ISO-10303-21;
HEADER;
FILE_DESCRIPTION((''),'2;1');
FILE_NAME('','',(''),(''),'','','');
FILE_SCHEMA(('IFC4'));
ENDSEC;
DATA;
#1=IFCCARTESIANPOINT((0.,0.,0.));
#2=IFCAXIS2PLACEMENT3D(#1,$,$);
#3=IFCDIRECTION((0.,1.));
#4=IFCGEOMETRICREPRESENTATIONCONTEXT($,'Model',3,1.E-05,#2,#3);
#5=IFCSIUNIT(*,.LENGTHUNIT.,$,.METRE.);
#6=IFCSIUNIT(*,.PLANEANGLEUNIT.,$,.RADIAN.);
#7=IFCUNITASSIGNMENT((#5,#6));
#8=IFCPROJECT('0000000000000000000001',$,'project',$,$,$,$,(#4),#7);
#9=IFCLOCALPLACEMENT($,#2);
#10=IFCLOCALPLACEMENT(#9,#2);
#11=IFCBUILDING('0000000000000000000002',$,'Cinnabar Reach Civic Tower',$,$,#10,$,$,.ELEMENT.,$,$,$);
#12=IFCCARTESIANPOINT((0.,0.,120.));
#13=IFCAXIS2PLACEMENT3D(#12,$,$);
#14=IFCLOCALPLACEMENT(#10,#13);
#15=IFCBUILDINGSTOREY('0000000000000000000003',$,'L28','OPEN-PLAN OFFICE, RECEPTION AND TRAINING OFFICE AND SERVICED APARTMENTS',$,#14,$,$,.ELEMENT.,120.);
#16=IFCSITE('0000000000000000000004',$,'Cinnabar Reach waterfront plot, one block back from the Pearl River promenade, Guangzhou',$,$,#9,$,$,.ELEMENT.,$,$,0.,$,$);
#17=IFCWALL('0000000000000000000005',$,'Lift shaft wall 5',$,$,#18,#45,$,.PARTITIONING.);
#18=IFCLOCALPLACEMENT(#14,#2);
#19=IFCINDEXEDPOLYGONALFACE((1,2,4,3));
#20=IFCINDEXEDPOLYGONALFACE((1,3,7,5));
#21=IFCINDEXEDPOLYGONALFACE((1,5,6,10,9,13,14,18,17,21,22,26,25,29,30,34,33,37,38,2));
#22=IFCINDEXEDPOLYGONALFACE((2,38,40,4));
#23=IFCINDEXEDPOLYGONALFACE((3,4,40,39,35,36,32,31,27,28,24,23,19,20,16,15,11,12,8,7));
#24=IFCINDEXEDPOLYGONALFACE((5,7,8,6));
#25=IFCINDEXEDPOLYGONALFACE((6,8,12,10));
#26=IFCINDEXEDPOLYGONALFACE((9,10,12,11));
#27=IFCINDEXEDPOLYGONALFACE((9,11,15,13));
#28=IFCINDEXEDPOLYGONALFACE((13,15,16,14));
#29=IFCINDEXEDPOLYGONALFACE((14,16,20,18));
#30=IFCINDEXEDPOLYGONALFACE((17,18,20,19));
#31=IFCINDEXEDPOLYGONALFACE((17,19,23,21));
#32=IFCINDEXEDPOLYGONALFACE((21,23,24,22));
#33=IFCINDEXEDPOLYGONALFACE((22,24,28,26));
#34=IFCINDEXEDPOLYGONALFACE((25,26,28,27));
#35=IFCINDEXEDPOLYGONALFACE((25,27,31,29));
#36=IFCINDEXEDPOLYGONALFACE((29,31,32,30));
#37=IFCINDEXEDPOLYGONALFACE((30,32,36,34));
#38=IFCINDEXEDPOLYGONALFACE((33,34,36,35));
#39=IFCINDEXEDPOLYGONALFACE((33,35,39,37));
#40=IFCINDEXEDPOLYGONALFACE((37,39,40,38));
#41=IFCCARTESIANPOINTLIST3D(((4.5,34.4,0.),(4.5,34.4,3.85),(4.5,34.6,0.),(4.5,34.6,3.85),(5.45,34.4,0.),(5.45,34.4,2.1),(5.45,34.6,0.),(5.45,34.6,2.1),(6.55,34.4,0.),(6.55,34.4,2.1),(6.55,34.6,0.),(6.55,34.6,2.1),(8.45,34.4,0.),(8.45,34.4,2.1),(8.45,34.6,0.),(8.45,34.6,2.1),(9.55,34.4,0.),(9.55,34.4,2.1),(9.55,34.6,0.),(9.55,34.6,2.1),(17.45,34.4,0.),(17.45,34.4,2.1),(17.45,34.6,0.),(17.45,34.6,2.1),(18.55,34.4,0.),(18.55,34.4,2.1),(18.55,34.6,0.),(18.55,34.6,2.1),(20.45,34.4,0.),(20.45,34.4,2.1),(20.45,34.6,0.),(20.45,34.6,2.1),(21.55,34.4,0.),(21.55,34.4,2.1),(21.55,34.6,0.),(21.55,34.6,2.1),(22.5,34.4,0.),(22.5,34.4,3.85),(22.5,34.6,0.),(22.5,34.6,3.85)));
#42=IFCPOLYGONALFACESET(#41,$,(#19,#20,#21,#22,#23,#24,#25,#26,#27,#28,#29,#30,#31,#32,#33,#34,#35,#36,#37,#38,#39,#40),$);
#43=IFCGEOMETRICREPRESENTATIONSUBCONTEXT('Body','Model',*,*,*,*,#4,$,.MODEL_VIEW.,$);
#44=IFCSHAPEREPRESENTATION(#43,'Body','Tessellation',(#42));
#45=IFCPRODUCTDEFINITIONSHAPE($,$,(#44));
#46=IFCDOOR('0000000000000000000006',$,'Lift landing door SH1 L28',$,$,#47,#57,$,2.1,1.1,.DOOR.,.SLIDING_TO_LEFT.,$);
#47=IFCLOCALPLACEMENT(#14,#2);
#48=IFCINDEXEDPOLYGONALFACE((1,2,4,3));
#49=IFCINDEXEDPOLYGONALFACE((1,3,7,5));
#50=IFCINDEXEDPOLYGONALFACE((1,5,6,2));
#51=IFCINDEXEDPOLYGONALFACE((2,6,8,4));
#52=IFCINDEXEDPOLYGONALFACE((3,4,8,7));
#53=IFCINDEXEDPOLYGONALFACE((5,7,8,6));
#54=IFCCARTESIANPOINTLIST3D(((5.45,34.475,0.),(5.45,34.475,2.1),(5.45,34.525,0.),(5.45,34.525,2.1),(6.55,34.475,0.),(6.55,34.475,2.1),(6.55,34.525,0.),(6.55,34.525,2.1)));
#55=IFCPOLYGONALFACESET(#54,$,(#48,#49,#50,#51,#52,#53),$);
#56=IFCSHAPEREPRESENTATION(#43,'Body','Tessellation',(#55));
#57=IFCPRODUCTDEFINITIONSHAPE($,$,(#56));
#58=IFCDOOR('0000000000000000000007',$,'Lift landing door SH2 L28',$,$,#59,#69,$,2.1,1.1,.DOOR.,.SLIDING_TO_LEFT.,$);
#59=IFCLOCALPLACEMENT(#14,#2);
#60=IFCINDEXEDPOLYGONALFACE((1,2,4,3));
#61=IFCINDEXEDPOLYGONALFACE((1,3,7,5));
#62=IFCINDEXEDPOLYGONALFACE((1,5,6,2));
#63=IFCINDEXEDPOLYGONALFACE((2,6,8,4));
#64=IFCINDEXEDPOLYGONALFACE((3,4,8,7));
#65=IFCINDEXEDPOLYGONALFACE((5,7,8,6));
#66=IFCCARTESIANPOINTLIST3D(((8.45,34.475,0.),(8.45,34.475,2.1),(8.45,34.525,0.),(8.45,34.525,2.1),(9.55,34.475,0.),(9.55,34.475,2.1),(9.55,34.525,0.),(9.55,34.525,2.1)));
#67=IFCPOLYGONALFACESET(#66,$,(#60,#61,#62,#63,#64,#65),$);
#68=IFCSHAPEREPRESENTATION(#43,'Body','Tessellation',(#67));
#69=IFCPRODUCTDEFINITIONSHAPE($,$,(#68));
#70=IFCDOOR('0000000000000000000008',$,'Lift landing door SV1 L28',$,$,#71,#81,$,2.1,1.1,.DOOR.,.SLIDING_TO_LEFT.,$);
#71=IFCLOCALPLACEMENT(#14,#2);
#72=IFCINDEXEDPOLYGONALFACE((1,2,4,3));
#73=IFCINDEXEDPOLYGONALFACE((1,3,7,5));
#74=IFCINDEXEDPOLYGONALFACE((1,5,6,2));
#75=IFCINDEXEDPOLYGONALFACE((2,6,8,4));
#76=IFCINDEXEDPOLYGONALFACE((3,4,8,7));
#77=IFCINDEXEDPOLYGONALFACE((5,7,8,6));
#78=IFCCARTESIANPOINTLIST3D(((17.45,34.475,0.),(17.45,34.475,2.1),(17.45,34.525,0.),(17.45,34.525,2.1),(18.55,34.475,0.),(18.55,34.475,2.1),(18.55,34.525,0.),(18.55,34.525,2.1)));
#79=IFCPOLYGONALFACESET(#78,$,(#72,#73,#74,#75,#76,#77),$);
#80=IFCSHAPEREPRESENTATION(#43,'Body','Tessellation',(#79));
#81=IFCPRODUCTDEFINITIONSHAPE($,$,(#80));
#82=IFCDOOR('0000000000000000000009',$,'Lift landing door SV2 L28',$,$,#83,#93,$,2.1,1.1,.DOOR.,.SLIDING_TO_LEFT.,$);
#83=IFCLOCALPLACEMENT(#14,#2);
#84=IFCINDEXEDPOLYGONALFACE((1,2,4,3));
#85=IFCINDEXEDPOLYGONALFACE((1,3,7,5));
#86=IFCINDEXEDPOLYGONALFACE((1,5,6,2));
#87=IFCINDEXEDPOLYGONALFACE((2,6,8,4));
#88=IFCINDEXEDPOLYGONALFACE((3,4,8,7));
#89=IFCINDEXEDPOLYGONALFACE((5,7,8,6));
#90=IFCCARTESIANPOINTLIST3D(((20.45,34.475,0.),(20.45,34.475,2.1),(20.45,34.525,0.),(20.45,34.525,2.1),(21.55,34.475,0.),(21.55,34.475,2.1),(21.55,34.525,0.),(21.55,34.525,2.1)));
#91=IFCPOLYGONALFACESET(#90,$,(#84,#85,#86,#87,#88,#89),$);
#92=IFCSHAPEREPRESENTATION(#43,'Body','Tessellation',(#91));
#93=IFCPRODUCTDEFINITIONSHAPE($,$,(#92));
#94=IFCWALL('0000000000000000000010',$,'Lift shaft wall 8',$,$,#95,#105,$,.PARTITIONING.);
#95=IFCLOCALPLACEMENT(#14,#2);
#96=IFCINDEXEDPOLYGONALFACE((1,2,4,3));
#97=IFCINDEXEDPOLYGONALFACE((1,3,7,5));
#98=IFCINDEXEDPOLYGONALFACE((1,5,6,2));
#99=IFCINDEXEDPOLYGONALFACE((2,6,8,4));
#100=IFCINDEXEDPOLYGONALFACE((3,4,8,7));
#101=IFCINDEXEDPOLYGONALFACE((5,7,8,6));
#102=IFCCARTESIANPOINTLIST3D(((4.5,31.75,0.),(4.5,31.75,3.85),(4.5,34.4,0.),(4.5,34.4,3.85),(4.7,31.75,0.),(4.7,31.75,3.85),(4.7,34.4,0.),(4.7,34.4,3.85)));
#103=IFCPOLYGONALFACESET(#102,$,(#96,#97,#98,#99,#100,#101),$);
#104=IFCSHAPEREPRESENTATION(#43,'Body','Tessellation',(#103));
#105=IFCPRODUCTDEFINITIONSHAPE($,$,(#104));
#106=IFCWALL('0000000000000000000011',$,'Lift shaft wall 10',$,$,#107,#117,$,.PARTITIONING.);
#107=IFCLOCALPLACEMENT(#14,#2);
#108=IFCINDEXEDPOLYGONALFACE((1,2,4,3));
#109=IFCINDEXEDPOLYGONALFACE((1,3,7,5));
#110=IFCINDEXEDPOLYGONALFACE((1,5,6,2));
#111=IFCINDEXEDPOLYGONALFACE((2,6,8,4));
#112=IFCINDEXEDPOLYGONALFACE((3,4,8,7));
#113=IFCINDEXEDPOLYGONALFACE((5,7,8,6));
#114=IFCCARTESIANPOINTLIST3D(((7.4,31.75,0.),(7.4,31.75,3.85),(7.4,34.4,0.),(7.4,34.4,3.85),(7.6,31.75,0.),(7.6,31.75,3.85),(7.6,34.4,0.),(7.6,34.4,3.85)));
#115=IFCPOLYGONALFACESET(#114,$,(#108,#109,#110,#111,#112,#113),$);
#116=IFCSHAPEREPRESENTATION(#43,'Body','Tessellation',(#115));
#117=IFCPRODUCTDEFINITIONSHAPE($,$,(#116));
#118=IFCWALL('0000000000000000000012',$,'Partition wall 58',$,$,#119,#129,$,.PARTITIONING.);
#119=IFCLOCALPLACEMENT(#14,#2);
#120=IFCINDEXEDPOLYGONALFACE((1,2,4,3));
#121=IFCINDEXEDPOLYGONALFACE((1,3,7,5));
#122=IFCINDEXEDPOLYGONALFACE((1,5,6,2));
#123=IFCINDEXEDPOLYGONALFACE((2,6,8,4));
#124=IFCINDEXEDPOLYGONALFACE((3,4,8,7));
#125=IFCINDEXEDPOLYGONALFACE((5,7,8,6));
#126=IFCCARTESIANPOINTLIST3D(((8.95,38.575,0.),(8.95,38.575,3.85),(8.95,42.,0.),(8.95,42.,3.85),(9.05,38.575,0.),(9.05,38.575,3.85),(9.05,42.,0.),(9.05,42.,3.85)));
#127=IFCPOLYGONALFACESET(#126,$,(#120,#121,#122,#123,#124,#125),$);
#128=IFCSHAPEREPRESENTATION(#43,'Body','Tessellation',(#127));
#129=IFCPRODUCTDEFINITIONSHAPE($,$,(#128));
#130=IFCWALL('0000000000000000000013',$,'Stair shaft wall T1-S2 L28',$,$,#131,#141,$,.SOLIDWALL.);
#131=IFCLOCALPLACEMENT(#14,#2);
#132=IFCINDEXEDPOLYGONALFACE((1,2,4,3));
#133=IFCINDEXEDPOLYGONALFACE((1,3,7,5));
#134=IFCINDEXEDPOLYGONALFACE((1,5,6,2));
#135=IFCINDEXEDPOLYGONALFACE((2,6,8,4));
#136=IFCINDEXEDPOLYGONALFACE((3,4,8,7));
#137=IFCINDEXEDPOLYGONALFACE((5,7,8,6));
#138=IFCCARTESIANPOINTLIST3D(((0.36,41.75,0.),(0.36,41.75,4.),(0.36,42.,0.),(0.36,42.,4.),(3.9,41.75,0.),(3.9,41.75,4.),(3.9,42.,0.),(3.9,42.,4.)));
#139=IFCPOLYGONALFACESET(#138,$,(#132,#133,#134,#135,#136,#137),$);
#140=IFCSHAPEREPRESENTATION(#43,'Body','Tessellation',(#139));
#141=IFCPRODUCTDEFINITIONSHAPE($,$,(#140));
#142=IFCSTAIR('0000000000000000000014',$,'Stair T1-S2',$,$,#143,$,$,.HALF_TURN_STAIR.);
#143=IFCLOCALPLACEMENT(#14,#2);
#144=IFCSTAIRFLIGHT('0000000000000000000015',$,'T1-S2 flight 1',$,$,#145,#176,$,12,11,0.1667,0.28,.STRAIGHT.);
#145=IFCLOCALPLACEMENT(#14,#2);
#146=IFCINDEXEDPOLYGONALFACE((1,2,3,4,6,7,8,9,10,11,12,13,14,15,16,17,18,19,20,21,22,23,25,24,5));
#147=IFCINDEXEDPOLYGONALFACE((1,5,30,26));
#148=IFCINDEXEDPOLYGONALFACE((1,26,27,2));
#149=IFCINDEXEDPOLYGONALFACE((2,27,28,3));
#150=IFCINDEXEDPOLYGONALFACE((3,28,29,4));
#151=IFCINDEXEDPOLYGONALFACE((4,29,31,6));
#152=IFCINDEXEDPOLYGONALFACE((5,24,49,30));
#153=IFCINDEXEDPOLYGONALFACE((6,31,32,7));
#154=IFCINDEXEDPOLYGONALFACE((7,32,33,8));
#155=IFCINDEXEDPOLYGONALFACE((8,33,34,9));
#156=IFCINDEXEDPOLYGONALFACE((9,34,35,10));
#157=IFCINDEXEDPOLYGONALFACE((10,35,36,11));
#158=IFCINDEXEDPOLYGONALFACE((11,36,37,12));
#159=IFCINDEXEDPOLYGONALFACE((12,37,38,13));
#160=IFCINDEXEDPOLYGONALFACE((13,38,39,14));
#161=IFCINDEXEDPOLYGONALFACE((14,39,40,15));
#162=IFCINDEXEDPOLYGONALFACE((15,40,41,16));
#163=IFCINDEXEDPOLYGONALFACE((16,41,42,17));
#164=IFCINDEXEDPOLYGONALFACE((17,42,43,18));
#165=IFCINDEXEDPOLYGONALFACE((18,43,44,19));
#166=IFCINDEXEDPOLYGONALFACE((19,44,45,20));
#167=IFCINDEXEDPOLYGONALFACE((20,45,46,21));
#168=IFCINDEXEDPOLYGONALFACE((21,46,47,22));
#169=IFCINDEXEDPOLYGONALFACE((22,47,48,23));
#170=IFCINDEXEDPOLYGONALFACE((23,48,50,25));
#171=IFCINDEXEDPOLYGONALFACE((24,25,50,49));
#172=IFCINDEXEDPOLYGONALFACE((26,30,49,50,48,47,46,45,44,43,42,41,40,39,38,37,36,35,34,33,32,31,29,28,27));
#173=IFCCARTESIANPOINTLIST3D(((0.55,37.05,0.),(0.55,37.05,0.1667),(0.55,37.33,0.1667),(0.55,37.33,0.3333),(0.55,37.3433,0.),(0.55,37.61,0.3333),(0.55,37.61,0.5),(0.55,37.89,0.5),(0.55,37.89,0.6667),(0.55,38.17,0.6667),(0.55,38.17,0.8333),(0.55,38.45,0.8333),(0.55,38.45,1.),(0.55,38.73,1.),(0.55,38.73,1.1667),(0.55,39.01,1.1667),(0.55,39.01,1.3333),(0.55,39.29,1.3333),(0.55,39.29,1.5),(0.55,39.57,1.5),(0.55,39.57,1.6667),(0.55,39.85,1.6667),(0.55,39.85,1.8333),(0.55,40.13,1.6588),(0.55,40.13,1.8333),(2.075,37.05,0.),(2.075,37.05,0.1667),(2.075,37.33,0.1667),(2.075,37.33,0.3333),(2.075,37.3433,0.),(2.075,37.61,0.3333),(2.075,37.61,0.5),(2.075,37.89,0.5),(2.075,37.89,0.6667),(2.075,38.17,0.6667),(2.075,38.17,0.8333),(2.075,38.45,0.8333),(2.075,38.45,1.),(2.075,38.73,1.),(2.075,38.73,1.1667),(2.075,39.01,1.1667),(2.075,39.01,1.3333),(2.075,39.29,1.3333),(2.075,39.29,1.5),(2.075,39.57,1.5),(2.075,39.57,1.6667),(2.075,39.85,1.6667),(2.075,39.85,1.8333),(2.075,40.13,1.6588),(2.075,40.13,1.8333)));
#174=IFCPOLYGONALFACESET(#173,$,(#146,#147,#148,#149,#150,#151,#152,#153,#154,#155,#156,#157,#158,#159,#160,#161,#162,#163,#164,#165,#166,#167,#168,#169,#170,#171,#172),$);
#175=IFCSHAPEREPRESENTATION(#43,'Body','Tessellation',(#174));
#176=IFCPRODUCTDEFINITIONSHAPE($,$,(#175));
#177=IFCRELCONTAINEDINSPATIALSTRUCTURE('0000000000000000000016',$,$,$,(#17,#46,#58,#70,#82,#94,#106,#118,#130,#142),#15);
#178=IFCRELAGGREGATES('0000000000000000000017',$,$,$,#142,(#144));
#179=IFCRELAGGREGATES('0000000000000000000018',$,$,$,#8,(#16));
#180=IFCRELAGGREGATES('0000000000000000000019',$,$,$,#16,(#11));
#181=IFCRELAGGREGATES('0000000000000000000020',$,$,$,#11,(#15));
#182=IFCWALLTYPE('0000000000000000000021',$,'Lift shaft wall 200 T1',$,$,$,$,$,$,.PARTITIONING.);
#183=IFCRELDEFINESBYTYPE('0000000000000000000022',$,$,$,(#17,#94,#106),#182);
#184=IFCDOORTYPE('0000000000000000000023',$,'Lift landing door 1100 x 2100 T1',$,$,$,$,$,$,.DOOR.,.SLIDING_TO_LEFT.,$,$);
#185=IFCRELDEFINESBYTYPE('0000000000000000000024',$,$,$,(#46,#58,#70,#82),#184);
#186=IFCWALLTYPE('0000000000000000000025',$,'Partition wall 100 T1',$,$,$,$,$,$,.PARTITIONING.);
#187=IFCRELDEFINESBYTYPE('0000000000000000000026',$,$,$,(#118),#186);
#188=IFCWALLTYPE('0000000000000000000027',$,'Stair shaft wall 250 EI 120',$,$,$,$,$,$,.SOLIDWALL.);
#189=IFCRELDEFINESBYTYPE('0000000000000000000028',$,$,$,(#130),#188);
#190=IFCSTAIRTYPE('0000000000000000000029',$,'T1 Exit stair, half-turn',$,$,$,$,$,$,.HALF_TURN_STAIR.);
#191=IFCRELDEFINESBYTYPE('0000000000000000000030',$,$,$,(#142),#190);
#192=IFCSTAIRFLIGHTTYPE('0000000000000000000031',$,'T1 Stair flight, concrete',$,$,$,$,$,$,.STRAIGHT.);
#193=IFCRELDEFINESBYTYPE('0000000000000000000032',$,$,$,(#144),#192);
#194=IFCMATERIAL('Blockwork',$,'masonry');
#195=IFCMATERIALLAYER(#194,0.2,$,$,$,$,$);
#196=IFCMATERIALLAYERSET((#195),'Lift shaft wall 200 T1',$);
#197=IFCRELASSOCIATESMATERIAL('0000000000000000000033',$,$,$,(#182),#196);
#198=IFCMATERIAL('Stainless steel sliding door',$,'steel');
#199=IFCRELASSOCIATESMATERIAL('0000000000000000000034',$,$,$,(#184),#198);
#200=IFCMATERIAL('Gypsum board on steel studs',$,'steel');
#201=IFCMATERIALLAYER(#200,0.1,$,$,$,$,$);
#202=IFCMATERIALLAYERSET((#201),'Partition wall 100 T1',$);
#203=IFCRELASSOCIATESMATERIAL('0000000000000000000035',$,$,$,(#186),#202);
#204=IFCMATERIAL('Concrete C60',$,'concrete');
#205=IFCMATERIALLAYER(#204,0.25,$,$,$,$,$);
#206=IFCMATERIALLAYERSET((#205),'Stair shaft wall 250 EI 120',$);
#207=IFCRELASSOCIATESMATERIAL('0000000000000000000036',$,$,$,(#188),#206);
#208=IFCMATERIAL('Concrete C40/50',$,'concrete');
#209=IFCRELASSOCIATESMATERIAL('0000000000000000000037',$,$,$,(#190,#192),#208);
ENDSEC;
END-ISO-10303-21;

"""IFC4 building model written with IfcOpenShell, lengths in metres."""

from ifc_helpers import new_model, si_unit, direction, frame, frame_2d, origin, place, context, subcontext, project, spatial, polyline, rectangle, outline, extrude, material, layer, layer_set, type_object, element, fill, aggregate, save


model = new_model("IFC4")

# Units and contexts
model_context = context("Model", 3, precision=1e-05, world=origin(), true_north=direction((0.0, 1.0)))
body_context = subcontext(model_context, "Body", "Model", "MODEL_VIEW")
ifc_project = project(units=[si_unit("LENGTHUNIT", "METRE"), si_unit("PLANEANGLEUNIT", "RADIAN")], contexts=[model_context])

# Site, building, storey
site_placement = place(None, origin())
site = spatial("IfcSite", under=ifc_project, at=site_placement, Name="Cinnabar Reach waterfront plot, one block back from the Pearl River promenade, Guangzhou", CompositionType="ELEMENT", RefElevation=0.0)
building_placement = place(site_placement, origin())
building = spatial("IfcBuilding", under=site, at=building_placement, Name="Cinnabar Reach Civic Tower", CompositionType="ELEMENT")
storey_placement = place(building_placement, frame((0.0, 0.0, 120.0)))
storey = spatial("IfcBuildingStorey", under=building, at=storey_placement, Name="L28", Description="OPEN-PLAN OFFICE, RECEPTION AND TRAINING OFFICE AND SERVICED APARTMENTS", CompositionType="ELEMENT", Elevation=120.0)

# Shared definitions
ifc_material_1 = material(Name="Concrete C60", Category="concrete")

# Wall, openings, doors
ifc_material_2 = material(Name="Blockwork", Category="masonry")
ifc_layer_1 = layer(ifc_material_2, 0.2)
ifc_layer_set_1 = layer_set([ifc_layer_1], Name="Lift shaft wall 200 T1")
wall_type_1 = type_object("IfcWallType", Name="Lift shaft wall 200 T1", PredefinedType="PARTITIONING", material=ifc_layer_set_1)
wall_1_placement = place(storey_placement, frame((4.5, 34.5, 0.0), z_axis=(0.0, 0.0, 1.0), x_axis=(1.0, 0.0, 0.0)))
wall_1 = element("IfcWall", 1, at=wall_1_placement, inside=storey, type_object=wall_type_1, Name="Lift shaft wall 5", PredefinedType="PARTITIONING", context=body_context, shape_type="SweptSolid", body=[
    extrude(rectangle(XDim=18.0, YDim=0.2, at=frame_2d((9.0, 0.0))), origin(), (0.0, 0.0, 1.0), 3.85),
])
opening_1_placement = place(wall_1_placement, frame((0.95, 0.0, 0.0)))
opening_1 = element("IfcOpeningElement", 2, at=opening_1_placement, cuts=wall_1, PredefinedType="OPENING", context=body_context, shape_type="SweptSolid", body=[
    extrude(rectangle(XDim=1.1, YDim=2.1, at=frame_2d((0.55, 1.05))), frame((0.0, 0.11, 0.0), z_axis=(0.0, -1.0, 0.0), x_axis=(1.0, 0.0, 0.0)), (0.0, 0.0, 1.0), 0.22),
])
opening_2_placement = place(wall_1_placement, frame((3.95, 0.0, 0.0)))
opening_2 = element("IfcOpeningElement", 3, at=opening_2_placement, cuts=wall_1, PredefinedType="OPENING", context=body_context, shape_type="SweptSolid", body=[
    extrude(rectangle(XDim=1.1, YDim=2.1, at=frame_2d((0.55, 1.05))), frame((0.0, 0.11, 0.0), z_axis=(0.0, -1.0, 0.0), x_axis=(1.0, 0.0, 0.0)), (0.0, 0.0, 1.0), 0.22),
])
opening_3_placement = place(wall_1_placement, frame((12.95, 0.0, 0.0)))
opening_3 = element("IfcOpeningElement", 4, at=opening_3_placement, cuts=wall_1, PredefinedType="OPENING", context=body_context, shape_type="SweptSolid", body=[
    extrude(rectangle(XDim=1.1, YDim=2.1, at=frame_2d((0.55, 1.05))), frame((0.0, 0.11, 0.0), z_axis=(0.0, -1.0, 0.0), x_axis=(1.0, 0.0, 0.0)), (0.0, 0.0, 1.0), 0.22),
])
opening_4_placement = place(wall_1_placement, frame((15.95, 0.0, 0.0)))
opening_4 = element("IfcOpeningElement", 5, at=opening_4_placement, cuts=wall_1, PredefinedType="OPENING", context=body_context, shape_type="SweptSolid", body=[
    extrude(rectangle(XDim=1.1, YDim=2.1, at=frame_2d((0.55, 1.05))), frame((0.0, 0.11, 0.0), z_axis=(0.0, -1.0, 0.0), x_axis=(1.0, 0.0, 0.0)), (0.0, 0.0, 1.0), 0.22),
])
ifc_material_3 = material(Name="Stainless steel sliding door", Category="steel")
door_type_1 = type_object("IfcDoorType", Name="Lift landing door 1100 x 2100 T1", OperationType="SLIDING_TO_LEFT", PredefinedType="DOOR", material=ifc_material_3)
door_1_placement = place(opening_1_placement, origin())
door_1 = element("IfcDoor", 6, at=door_1_placement, inside=storey, type_object=door_type_1, Name="Lift landing door SH1 L28", OperationType="SLIDING_TO_LEFT", OverallHeight=2.1, OverallWidth=1.1, PredefinedType="DOOR", context=body_context, shape_type="SweptSolid", body=[
    extrude(rectangle(XDim=1.1, YDim=2.1, at=frame_2d((0.55, 1.05))), frame((0.0, 0.025, 0.0), z_axis=(0.0, -1.0, 0.0), x_axis=(1.0, 0.0, 0.0)), (0.0, 0.0, 1.0), 0.05),
])
fill(opening_1, door_1)
door_2_placement = place(opening_2_placement, origin())
door_2 = element("IfcDoor", 7, at=door_2_placement, inside=storey, type_object=door_type_1, Name="Lift landing door SH2 L28", OperationType="SLIDING_TO_LEFT", OverallHeight=2.1, OverallWidth=1.1, PredefinedType="DOOR", context=body_context, shape_type="SweptSolid", body=[
    extrude(rectangle(XDim=1.1, YDim=2.1, at=frame_2d((0.55, 1.05))), frame((0.0, 0.025, 0.0), z_axis=(0.0, -1.0, 0.0), x_axis=(1.0, 0.0, 0.0)), (0.0, 0.0, 1.0), 0.05),
])
fill(opening_2, door_2)
door_3_placement = place(opening_3_placement, origin())
door_3 = element("IfcDoor", 8, at=door_3_placement, inside=storey, type_object=door_type_1, Name="Lift landing door SV1 L28", OperationType="SLIDING_TO_LEFT", OverallHeight=2.1, OverallWidth=1.1, PredefinedType="DOOR", context=body_context, shape_type="SweptSolid", body=[
    extrude(rectangle(XDim=1.1, YDim=2.1, at=frame_2d((0.55, 1.05))), frame((0.0, 0.025, 0.0), z_axis=(0.0, -1.0, 0.0), x_axis=(1.0, 0.0, 0.0)), (0.0, 0.0, 1.0), 0.05),
])
fill(opening_3, door_3)
door_4_placement = place(opening_4_placement, origin())
door_4 = element("IfcDoor", 9, at=door_4_placement, inside=storey, type_object=door_type_1, Name="Lift landing door SV2 L28", OperationType="SLIDING_TO_LEFT", OverallHeight=2.1, OverallWidth=1.1, PredefinedType="DOOR", context=body_context, shape_type="SweptSolid", body=[
    extrude(rectangle(XDim=1.1, YDim=2.1, at=frame_2d((0.55, 1.05))), frame((0.0, 0.025, 0.0), z_axis=(0.0, -1.0, 0.0), x_axis=(1.0, 0.0, 0.0)), (0.0, 0.0, 1.0), 0.05),
])
fill(opening_4, door_4)

# Walls
for number, where, z_axis, x_axis, name in (
    (10, (4.6, 31.75, 0.0), (0.0, 0.0, 1.0), (0.0, 1.0, 0.0), "Lift shaft wall 8"),
    (11, (7.5, 31.75, 0.0), (0.0, 0.0, 1.0), (0.0, 1.0, 0.0), "Lift shaft wall 10"),
):
    element("IfcWall", number, at=place(storey_placement, frame(where, z_axis=z_axis, x_axis=x_axis)), inside=storey, type_object=wall_type_1, Name=name, PredefinedType="PARTITIONING", context=body_context, shape_type="SweptSolid", body=[
        extrude(rectangle(XDim=2.65, YDim=0.2, at=frame_2d((1.325, 0.0))), origin(), (0.0, 0.0, 1.0), 3.85),
    ])
ifc_material_4 = material(Name="Gypsum board on steel studs", Category="steel")
ifc_layer_2 = layer(ifc_material_4, 0.1)
ifc_layer_set_2 = layer_set([ifc_layer_2], Name="Partition wall 100 T1")
wall_type_2 = type_object("IfcWallType", Name="Partition wall 100 T1", PredefinedType="PARTITIONING", material=ifc_layer_set_2)
wall_2_placement = place(storey_placement, frame((9.0, 38.575, 0.0), z_axis=(0.0, 0.0, 1.0), x_axis=(0.0, 1.0, 0.0)))
element("IfcWall", 12, at=wall_2_placement, inside=storey, type_object=wall_type_2, Name="Partition wall 58", PredefinedType="PARTITIONING", context=body_context, shape_type="SweptSolid", body=[
    extrude(rectangle(XDim=3.425, YDim=0.1, at=frame_2d((1.7125, 0.0))), origin(), (0.0, 0.0, 1.0), 3.85),
])
ifc_layer_3 = layer(ifc_material_1, 0.25)
ifc_layer_set_3 = layer_set([ifc_layer_3], Name="Stair shaft wall 250 EI 120")
wall_type_3 = type_object("IfcWallType", Name="Stair shaft wall 250 EI 120", PredefinedType="SOLIDWALL", material=ifc_layer_set_3)
wall_3_placement = place(storey_placement, frame((3.9, 41.875, 0.0), z_axis=(0.0, 0.0, 1.0), x_axis=(-1.0, 0.0, 0.0)))
element("IfcWall", 13, at=wall_3_placement, inside=storey, type_object=wall_type_3, Name="Stair shaft wall T1-S2 L28", PredefinedType="SOLIDWALL", context=body_context, shape_type="SweptSolid", body=[
    extrude(rectangle(XDim=3.54, YDim=0.25, at=frame_2d((1.77, 0.0))), origin(), (0.0, 0.0, 1.0), 4.0),
])

# Stair, stair flight
ifc_material_5 = material(Name="Concrete C40/50", Category="concrete")
stair_type = type_object("IfcStairType", Name="T1 Exit stair, half-turn", PredefinedType="HALF_TURN_STAIR", material=ifc_material_5)
stair_placement = place(storey_placement, origin())
stair = element("IfcStair", 14, at=stair_placement, inside=storey, type_object=stair_type, Name="Stair T1-S2", PredefinedType="HALF_TURN_STAIR")
stair_flight_type = type_object("IfcStairFlightType", Name="T1 Stair flight, concrete", PredefinedType="STRAIGHT", material=ifc_material_5)
stair_flight_1_placement = place(storey_placement, frame((1.3125, 37.05, 0.0), z_axis=(0.0, 0.0, 1.0), x_axis=(0.0, 1.0, 0.0)))
stair_flight_1 = element("IfcStairFlight", 15, at=stair_flight_1_placement, type_object=stair_flight_type, Name="T1-S2 flight 1", NumberOfRisers=12, NumberOfTreads=11, PredefinedType="STRAIGHT", RiserHeight=0.1667, TreadLength=0.28, context=body_context, shape_type="SweptSolid", body=[
    extrude(outline(polyline([(0.0, 0.0), (0.0, 0.1667), (0.28, 0.1667), (0.28, 0.3333), (0.56, 0.3333), (0.56, 0.5), (0.84, 0.5), (0.84, 0.6667), (1.12, 0.6667), (1.12, 0.8333), (1.4, 0.8333), (1.4, 1.0), (1.68, 1.0), (1.68, 1.1667), (1.96, 1.1667), (1.96, 1.3333), (2.24, 1.3333), (2.24, 1.5), (2.52, 1.5), (2.52, 1.6667), (2.8, 1.6667), (2.8, 1.8333), (3.08, 1.8333), (3.08, 2.0), (3.08, 1.6588), (0.2933, 0.0), (0.0, 0.0)])), frame((0.0, 0.7625, 0.0), z_axis=(0.0, -1.0, 0.0), x_axis=(1.0, 0.0, 0.0)), (0.0, 0.0, 1.0), 1.525),
])
aggregate(stair, [stair_flight_1])

save(model, "model.ifc")
